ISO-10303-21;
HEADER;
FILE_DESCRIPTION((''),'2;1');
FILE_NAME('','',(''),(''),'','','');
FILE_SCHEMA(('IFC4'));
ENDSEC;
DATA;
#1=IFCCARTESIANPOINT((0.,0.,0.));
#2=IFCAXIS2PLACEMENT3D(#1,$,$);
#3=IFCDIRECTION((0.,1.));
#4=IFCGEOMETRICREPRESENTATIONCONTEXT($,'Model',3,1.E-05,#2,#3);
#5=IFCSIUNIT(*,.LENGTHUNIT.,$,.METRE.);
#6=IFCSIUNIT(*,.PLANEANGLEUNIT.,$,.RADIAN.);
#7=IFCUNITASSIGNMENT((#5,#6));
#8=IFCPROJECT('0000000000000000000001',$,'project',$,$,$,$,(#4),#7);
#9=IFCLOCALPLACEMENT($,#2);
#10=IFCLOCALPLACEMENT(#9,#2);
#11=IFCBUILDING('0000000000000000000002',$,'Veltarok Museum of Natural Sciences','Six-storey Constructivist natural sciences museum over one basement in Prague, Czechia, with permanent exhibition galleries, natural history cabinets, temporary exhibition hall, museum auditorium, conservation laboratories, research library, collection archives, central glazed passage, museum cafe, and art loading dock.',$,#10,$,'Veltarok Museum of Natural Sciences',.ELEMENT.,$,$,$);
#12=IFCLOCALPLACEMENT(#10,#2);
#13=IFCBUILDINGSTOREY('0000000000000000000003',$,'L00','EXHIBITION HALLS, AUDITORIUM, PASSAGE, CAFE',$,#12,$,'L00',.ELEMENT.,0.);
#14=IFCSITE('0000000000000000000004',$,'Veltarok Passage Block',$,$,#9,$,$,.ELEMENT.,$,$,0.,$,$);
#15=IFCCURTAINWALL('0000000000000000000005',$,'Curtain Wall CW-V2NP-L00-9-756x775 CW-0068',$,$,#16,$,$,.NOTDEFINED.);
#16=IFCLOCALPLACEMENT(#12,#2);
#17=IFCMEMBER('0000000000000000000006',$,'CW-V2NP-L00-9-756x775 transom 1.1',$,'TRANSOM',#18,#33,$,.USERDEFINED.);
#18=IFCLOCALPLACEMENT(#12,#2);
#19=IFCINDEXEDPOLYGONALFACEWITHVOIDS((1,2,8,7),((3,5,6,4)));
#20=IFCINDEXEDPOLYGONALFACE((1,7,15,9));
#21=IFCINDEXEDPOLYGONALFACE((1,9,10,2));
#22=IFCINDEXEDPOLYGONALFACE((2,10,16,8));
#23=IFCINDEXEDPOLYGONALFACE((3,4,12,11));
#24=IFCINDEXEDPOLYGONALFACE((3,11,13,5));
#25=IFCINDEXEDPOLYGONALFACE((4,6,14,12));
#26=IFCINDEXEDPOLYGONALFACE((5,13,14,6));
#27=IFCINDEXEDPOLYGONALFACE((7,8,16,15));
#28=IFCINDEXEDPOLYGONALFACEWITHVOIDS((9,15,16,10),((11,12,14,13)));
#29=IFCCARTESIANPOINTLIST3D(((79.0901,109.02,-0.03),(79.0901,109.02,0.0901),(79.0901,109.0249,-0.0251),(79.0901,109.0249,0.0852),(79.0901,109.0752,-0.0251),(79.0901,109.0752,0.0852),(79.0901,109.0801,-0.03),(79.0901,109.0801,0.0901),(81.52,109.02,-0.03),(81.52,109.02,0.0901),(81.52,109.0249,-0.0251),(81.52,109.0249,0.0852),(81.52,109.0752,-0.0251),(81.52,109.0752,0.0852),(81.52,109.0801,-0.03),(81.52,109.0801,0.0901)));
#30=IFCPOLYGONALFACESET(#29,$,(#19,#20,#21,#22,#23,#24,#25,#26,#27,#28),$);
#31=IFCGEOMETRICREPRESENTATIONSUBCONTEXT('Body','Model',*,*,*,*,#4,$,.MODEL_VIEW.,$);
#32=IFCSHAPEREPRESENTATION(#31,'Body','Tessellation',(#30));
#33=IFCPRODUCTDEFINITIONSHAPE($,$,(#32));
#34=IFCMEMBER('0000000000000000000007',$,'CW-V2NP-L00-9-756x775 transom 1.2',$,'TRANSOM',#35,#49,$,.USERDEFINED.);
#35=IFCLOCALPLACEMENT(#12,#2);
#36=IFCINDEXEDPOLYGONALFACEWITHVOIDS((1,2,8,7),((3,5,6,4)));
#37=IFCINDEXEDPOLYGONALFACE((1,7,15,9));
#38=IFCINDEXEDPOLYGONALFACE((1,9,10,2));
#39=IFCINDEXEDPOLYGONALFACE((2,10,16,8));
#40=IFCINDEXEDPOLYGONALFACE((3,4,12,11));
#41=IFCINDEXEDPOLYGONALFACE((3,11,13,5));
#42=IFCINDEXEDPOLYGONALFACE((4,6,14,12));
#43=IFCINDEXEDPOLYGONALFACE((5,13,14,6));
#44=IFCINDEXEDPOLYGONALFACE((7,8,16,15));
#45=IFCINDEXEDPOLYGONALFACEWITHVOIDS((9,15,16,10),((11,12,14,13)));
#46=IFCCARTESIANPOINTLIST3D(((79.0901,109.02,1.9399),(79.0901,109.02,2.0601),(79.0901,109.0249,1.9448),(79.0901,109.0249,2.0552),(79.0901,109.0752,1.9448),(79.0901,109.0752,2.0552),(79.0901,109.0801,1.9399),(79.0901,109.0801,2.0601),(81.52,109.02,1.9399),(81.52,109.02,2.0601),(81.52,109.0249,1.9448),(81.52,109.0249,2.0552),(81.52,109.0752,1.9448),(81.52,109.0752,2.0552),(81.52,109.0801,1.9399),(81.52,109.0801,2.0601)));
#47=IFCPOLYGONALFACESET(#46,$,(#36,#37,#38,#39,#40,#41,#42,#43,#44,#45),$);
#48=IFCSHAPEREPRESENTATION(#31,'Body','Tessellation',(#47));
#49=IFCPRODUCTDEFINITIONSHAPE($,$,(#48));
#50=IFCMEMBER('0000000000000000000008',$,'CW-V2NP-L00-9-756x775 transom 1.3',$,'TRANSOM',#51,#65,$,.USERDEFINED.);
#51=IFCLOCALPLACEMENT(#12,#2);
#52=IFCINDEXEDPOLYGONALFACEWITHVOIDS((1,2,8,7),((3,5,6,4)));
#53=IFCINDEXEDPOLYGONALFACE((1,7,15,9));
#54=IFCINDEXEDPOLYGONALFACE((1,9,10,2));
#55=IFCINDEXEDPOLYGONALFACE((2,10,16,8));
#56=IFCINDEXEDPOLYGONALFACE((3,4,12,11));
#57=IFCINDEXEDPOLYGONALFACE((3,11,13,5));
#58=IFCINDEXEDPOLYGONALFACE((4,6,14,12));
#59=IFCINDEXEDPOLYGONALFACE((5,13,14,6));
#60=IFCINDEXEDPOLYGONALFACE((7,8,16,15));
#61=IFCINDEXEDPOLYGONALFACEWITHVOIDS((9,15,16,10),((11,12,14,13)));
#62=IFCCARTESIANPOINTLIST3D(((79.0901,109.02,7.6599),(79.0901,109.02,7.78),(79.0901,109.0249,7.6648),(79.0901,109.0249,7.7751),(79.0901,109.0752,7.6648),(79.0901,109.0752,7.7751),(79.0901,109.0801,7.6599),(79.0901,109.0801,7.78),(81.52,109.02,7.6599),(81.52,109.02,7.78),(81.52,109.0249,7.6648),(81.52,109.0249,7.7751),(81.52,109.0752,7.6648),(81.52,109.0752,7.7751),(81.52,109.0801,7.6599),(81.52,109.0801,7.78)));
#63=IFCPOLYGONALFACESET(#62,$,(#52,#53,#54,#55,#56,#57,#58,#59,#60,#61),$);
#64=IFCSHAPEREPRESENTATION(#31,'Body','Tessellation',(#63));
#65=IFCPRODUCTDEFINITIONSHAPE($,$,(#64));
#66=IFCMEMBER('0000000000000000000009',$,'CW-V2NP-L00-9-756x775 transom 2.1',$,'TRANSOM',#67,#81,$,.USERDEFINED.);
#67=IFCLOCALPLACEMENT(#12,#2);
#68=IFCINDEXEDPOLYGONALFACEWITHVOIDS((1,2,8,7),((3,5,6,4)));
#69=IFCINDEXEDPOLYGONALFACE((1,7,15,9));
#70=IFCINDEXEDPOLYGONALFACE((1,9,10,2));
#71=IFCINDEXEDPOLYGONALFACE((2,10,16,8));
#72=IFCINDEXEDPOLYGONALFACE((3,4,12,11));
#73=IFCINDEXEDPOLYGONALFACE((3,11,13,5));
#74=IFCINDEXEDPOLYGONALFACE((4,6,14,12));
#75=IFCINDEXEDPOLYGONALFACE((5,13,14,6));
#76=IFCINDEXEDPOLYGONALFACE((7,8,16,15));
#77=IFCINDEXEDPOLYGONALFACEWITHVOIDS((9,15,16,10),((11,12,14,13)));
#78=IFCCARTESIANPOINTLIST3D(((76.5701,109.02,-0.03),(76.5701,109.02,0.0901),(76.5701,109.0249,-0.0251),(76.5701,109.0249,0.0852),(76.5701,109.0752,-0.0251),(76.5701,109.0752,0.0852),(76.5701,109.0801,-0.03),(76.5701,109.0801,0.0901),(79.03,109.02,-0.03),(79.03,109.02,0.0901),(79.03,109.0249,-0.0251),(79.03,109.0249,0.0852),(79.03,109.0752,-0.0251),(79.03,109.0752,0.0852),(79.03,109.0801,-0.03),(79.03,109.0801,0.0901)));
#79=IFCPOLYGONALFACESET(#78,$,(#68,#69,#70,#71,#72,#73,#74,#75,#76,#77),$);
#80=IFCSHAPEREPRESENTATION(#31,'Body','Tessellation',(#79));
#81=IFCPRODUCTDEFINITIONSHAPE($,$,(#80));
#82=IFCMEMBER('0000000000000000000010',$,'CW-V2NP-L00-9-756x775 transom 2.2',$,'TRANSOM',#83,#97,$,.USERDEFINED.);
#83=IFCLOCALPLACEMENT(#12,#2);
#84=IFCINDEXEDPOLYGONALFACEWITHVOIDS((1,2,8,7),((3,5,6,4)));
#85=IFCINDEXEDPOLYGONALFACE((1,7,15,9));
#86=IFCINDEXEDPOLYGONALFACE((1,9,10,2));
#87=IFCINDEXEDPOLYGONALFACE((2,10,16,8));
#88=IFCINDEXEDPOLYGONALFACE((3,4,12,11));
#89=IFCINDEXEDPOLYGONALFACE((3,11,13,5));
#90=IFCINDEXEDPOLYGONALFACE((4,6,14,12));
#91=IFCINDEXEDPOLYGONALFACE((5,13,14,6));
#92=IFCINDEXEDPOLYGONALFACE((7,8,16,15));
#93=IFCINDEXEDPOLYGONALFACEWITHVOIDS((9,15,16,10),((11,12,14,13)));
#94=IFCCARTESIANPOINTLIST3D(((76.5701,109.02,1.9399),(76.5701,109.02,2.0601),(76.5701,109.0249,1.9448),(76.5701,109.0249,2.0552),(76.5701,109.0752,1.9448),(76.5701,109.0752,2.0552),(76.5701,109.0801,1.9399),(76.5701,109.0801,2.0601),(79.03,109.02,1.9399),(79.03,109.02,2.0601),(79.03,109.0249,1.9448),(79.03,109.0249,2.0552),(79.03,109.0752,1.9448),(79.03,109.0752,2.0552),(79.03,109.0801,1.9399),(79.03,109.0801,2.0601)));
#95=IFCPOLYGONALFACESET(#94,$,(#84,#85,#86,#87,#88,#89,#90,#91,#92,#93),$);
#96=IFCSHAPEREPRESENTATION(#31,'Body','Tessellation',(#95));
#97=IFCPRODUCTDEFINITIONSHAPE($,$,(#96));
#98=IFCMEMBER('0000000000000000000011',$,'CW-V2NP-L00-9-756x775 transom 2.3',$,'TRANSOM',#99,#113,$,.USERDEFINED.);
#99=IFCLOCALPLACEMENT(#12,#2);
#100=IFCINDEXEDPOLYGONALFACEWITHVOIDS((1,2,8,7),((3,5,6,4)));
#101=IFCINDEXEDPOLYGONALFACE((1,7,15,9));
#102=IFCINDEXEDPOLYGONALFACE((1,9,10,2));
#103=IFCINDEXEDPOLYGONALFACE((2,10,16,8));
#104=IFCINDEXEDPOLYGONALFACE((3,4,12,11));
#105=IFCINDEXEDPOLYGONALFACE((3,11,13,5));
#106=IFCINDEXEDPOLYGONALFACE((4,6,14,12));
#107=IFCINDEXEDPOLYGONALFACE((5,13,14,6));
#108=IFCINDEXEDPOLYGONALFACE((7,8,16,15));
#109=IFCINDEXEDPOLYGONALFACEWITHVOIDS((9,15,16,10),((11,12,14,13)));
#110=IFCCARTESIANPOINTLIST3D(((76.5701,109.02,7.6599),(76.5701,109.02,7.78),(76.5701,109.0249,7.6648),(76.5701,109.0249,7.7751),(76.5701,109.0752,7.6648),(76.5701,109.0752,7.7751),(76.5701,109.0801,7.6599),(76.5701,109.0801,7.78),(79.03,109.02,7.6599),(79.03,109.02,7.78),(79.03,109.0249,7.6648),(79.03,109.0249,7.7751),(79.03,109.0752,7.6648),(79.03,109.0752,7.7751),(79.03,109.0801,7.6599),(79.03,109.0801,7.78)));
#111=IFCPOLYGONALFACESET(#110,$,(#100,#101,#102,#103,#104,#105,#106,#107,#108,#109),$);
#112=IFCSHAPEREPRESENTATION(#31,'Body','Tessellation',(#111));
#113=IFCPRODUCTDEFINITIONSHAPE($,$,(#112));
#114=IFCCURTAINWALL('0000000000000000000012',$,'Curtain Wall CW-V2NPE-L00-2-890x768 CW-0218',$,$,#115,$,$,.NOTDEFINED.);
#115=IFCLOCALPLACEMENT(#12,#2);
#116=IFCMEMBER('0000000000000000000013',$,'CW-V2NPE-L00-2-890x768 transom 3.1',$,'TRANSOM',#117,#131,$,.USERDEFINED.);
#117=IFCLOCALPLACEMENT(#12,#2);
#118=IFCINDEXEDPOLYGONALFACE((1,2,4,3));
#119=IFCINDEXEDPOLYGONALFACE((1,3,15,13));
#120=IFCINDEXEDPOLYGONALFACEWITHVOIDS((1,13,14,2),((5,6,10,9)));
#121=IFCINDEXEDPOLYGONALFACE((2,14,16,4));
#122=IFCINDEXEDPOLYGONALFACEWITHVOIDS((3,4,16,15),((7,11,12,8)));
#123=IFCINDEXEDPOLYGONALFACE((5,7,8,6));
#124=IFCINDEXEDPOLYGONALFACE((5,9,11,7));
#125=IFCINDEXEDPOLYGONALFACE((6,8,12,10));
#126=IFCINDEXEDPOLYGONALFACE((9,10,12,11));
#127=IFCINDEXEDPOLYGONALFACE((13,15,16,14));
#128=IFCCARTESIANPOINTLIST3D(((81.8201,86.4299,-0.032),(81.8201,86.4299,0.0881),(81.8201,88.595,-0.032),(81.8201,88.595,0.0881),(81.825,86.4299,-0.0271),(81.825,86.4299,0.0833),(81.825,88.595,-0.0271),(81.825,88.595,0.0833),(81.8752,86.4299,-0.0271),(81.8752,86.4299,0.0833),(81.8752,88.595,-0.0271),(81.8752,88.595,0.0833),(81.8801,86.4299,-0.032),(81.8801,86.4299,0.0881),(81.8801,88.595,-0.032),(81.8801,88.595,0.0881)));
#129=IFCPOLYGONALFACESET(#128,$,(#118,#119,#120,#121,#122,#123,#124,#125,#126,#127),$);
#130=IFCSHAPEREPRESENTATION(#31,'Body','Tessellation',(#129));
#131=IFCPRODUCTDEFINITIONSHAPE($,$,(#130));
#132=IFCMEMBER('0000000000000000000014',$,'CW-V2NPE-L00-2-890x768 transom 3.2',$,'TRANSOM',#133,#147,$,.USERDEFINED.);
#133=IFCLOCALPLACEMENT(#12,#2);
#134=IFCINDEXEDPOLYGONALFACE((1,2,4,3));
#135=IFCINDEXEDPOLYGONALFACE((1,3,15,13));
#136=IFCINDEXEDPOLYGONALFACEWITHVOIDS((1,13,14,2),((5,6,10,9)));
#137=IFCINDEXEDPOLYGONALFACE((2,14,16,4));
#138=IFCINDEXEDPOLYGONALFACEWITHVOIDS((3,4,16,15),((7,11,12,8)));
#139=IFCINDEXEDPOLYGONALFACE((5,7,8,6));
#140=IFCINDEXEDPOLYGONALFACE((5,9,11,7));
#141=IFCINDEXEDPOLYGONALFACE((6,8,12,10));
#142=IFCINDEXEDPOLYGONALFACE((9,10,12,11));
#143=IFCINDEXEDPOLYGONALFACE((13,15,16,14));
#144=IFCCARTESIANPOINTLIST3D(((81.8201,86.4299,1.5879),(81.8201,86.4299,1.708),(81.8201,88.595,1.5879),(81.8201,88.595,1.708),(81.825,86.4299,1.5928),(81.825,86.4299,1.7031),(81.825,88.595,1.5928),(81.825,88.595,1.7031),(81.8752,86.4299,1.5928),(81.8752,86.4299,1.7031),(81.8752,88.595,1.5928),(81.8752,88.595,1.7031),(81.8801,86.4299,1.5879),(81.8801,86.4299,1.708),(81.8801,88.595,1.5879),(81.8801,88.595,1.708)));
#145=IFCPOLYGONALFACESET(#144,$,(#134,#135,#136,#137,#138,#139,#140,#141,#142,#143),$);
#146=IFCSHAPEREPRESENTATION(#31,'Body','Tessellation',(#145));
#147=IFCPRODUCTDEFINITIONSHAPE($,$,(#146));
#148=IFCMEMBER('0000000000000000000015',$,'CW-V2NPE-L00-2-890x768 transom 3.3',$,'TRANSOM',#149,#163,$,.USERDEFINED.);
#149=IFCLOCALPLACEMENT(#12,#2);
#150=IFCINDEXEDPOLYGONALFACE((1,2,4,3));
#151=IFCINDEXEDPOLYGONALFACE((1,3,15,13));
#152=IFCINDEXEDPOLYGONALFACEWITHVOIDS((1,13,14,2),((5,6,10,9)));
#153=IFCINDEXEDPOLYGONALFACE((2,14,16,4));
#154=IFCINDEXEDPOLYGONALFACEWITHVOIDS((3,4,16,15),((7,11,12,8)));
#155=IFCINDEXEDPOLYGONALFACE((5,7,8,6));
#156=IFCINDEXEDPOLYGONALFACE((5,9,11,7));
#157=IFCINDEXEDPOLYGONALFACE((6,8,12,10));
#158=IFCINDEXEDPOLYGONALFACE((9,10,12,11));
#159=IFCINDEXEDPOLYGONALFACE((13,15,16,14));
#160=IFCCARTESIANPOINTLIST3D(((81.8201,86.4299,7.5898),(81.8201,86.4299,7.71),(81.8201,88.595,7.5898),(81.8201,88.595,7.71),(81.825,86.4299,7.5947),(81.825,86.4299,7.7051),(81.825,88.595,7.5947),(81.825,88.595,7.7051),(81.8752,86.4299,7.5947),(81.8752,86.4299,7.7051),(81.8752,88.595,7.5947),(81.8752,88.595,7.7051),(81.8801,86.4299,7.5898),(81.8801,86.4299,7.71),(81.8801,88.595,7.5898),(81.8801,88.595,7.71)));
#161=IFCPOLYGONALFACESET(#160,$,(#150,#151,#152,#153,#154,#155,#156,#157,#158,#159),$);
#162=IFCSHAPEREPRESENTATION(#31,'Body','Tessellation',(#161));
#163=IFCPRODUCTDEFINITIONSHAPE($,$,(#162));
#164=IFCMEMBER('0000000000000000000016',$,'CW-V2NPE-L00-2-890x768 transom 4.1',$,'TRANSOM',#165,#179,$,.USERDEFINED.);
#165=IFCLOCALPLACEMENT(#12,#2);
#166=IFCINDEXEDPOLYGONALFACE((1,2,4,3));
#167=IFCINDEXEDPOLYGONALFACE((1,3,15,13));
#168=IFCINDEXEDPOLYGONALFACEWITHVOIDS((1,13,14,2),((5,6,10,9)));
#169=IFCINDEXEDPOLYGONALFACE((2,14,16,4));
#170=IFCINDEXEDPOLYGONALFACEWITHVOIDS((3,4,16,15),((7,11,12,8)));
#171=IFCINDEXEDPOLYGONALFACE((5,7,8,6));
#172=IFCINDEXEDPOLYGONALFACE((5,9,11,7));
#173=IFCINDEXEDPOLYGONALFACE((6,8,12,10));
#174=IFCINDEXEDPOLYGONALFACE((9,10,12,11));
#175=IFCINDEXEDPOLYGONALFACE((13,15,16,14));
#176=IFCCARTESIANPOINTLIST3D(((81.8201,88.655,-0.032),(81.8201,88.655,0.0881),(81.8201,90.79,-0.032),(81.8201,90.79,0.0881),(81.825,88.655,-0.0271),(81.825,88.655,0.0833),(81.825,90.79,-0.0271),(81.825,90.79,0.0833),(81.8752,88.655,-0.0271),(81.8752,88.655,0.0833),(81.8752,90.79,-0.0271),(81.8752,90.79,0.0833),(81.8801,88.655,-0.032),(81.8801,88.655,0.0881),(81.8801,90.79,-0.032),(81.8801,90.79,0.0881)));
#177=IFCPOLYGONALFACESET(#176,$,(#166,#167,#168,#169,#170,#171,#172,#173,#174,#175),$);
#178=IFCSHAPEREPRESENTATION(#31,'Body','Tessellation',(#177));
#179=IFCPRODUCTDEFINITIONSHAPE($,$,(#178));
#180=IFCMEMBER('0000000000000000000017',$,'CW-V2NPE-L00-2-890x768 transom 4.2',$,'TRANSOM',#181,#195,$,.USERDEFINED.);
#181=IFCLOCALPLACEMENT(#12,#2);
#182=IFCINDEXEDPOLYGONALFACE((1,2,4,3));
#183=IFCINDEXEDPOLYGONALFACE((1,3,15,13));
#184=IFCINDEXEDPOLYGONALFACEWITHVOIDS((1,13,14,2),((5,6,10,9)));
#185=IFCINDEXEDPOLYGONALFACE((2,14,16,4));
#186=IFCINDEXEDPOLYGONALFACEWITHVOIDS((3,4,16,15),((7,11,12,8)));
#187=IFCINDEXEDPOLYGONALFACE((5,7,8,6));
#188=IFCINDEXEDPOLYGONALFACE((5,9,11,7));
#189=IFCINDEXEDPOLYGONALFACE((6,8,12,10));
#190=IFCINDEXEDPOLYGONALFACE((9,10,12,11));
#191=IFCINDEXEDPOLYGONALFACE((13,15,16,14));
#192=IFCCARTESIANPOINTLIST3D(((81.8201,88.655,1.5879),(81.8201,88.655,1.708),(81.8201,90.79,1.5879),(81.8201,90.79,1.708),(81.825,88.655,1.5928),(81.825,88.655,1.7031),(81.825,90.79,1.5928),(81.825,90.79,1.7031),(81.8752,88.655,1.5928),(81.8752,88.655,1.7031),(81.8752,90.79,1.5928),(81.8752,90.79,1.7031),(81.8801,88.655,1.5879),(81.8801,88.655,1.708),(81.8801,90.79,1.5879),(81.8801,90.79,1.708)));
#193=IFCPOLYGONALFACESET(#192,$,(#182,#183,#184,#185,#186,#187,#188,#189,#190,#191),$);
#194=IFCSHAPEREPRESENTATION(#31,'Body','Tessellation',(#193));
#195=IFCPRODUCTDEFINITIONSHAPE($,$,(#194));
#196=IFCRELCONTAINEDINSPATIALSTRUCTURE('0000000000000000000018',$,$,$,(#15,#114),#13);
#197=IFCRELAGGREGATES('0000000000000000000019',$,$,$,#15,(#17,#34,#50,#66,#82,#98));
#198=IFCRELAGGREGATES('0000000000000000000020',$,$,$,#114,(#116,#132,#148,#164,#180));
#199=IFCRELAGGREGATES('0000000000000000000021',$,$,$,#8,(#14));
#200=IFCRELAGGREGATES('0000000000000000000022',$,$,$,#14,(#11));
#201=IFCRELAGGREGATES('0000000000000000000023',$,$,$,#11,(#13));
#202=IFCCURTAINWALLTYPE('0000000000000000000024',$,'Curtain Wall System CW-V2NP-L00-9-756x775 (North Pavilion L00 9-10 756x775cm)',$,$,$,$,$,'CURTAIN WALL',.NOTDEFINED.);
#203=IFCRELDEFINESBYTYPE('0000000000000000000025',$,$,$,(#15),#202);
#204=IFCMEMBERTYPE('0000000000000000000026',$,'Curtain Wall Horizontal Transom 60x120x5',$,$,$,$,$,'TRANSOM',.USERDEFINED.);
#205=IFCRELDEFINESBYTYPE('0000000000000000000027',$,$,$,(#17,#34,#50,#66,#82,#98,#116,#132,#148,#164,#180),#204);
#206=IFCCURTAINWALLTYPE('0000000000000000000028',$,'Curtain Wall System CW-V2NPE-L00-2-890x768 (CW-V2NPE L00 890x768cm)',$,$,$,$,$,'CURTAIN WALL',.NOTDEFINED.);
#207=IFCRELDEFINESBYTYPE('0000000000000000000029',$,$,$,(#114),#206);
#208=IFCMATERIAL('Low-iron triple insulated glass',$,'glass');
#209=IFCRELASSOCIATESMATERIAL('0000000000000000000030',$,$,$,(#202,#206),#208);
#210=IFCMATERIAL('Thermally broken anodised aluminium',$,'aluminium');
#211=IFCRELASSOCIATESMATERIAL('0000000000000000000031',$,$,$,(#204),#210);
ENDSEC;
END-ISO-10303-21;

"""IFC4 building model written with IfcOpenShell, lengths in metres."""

from ifc_helpers import new_model, si_unit, direction, frame, origin, origin_2d, place, context, subcontext, project, spatial, hollow_rectangle, extrude, material, material_profile, profile_set, type_object, element, aggregate, save


model = new_model("IFC4")

# Units and contexts
model_context = context("Model", 3, precision=1e-05, world=origin(), true_north=direction((0.0, 1.0)))
body_context = subcontext(model_context, "Body", "Model", "MODEL_VIEW")
ifc_project = project(units=[si_unit("LENGTHUNIT", "METRE"), si_unit("PLANEANGLEUNIT", "RADIAN")], contexts=[model_context])

# Site, building, storey
site_placement = place(None, origin())
site = spatial("IfcSite", under=ifc_project, at=site_placement, Name="Veltarok Passage Block", CompositionType="ELEMENT", RefElevation=0.0)
building_placement = place(site_placement, origin())
building = spatial("IfcBuilding", under=site, at=building_placement, Name="Veltarok Museum of Natural Sciences", Description="Six-storey Constructivist natural sciences museum over one basement in Prague, Czechia, with permanent exhibition galleries, natural history cabinets, temporary exhibition hall, museum auditorium, conservation laboratories, research library, collection archives, central glazed passage, museum cafe, and art loading dock.", LongName="Veltarok Museum of Natural Sciences", CompositionType="ELEMENT")
storey_placement = place(building_placement, origin())
storey = spatial("IfcBuildingStorey", under=building, at=storey_placement, Name="L00", Description="EXHIBITION HALLS, AUDITORIUM, PASSAGE, CAFE", LongName="L00", CompositionType="ELEMENT", Elevation=0.0)

# Curtain walls, members
ifc_material_1 = material(Name="Low-iron triple insulated glass", Category="glass")
curtain_wall_type_1 = type_object("IfcCurtainWallType", Name="Curtain Wall System CW-V2NP-L00-9-756x775 (North Pavilion L00 9-10 756x775cm)", ElementType="CURTAIN WALL", PredefinedType="NOTDEFINED", material=ifc_material_1)
curtain_wall_1_placement = place(storey_placement, origin())
curtain_wall_1 = element("IfcCurtainWall", 1, at=curtain_wall_1_placement, inside=storey, type_object=curtain_wall_type_1, Name="Curtain Wall CW-V2NP-L00-9-756x775 CW-0068", PredefinedType="NOTDEFINED")
ifc_material_2 = material(Name="Thermally broken anodised aluminium", Category="aluminium")
ifc_material_profile_1 = material_profile(ifc_material_2, hollow_rectangle(XDim=0.0601, YDim=0.1201, WallThickness=0.0049, at=origin_2d()), Name="CW TRANSOM 60x120x5")
ifc_profile_set_1 = profile_set([ifc_material_profile_1], Name="Thermally broken anodised aluminium")
member_type_1 = type_object("IfcMemberType", Name="Curtain Wall Horizontal Transom 60x120x5", ElementType="TRANSOM", PredefinedType="USERDEFINED", material=ifc_profile_set_1)
member_1_placement = place(storey_placement, frame((81.52, 109.05, 0.03), z_axis=(-1.0, 0.0, 0.0), x_axis=(0.0, -1.0, 0.0)))
member_1 = element("IfcMember", 2, at=member_1_placement, type_object=member_type_1, Name="CW-V2NP-L00-9-756x775 transom 1.1", ObjectType="TRANSOM", PredefinedType="USERDEFINED", context=body_context, shape_type="SweptSolid", body=[
    extrude(hollow_rectangle(XDim=0.0601, YDim=0.1201, WallThickness=0.0049, at=origin_2d()), origin(), (0.0, 0.0, 1.0), 2.4299),
])
member_2_placement = place(storey_placement, frame((81.52, 109.05, 2.0), z_axis=(-1.0, 0.0, 0.0), x_axis=(0.0, -1.0, 0.0)))
member_2 = element("IfcMember", 3, at=member_2_placement, type_object=member_type_1, Name="CW-V2NP-L00-9-756x775 transom 1.2", ObjectType="TRANSOM", PredefinedType="USERDEFINED", context=body_context, shape_type="SweptSolid", body=[
    extrude(hollow_rectangle(XDim=0.0601, YDim=0.1201, WallThickness=0.0049, at=origin_2d()), origin(), (0.0, 0.0, 1.0), 2.4299),
])
member_3_placement = place(storey_placement, frame((81.52, 109.05, 7.72), z_axis=(-1.0, 0.0, 0.0), x_axis=(0.0, -1.0, 0.0)))
member_3 = element("IfcMember", 4, at=member_3_placement, type_object=member_type_1, Name="CW-V2NP-L00-9-756x775 transom 1.3", ObjectType="TRANSOM", PredefinedType="USERDEFINED", context=body_context, shape_type="SweptSolid", body=[
    extrude(hollow_rectangle(XDim=0.0601, YDim=0.1201, WallThickness=0.0049, at=origin_2d()), origin(), (0.0, 0.0, 1.0), 2.4299),
])
member_4_placement = place(storey_placement, frame((79.03, 109.05, 0.03), z_axis=(-1.0, 0.0, 0.0), x_axis=(0.0, -1.0, 0.0)))
member_4 = element("IfcMember", 5, at=member_4_placement, type_object=member_type_1, Name="CW-V2NP-L00-9-756x775 transom 2.1", ObjectType="TRANSOM", PredefinedType="USERDEFINED", context=body_context, shape_type="SweptSolid", body=[
    extrude(hollow_rectangle(XDim=0.0601, YDim=0.1201, WallThickness=0.0049, at=origin_2d()), origin(), (0.0, 0.0, 1.0), 2.46),
])
member_5_placement = place(storey_placement, frame((79.03, 109.05, 2.0), z_axis=(-1.0, 0.0, 0.0), x_axis=(0.0, -1.0, 0.0)))
member_5 = element("IfcMember", 6, at=member_5_placement, type_object=member_type_1, Name="CW-V2NP-L00-9-756x775 transom 2.2", ObjectType="TRANSOM", PredefinedType="USERDEFINED", context=body_context, shape_type="SweptSolid", body=[
    extrude(hollow_rectangle(XDim=0.0601, YDim=0.1201, WallThickness=0.0049, at=origin_2d()), origin(), (0.0, 0.0, 1.0), 2.46),
])
member_6_placement = place(storey_placement, frame((79.03, 109.05, 7.72), z_axis=(-1.0, 0.0, 0.0), x_axis=(0.0, -1.0, 0.0)))
member_6 = element("IfcMember", 7, at=member_6_placement, type_object=member_type_1, Name="CW-V2NP-L00-9-756x775 transom 2.3", ObjectType="TRANSOM", PredefinedType="USERDEFINED", context=body_context, shape_type="SweptSolid", body=[
    extrude(hollow_rectangle(XDim=0.0601, YDim=0.1201, WallThickness=0.0049, at=origin_2d()), origin(), (0.0, 0.0, 1.0), 2.46),
])
curtain_wall_type_2 = type_object("IfcCurtainWallType", Name="Curtain Wall System CW-V2NPE-L00-2-890x768 (CW-V2NPE L00 890x768cm)", ElementType="CURTAIN WALL", PredefinedType="NOTDEFINED", material=ifc_material_1)
curtain_wall_2_placement = place(storey_placement, origin())
curtain_wall_2 = element("IfcCurtainWall", 8, at=curtain_wall_2_placement, inside=storey, type_object=curtain_wall_type_2, Name="Curtain Wall CW-V2NPE-L00-2-890x768 CW-0218", PredefinedType="NOTDEFINED")
member_7_placement = place(storey_placement, frame((81.8501, 86.4299, 0.0281), z_axis=(0.0, 1.0, 0.0), x_axis=(-1.0, 0.0, 0.0)))
member_7 = element("IfcMember", 9, at=member_7_placement, type_object=member_type_1, Name="CW-V2NPE-L00-2-890x768 transom 3.1", ObjectType="TRANSOM", PredefinedType="USERDEFINED", context=body_context, shape_type="SweptSolid", body=[
    extrude(hollow_rectangle(XDim=0.0601, YDim=0.1201, WallThickness=0.0049, at=origin_2d()), origin(), (0.0, 0.0, 1.0), 2.165),
])
member_8_placement = place(storey_placement, frame((81.8501, 86.4299, 1.6479), z_axis=(0.0, 1.0, 0.0), x_axis=(-1.0, 0.0, 0.0)))
member_8 = element("IfcMember", 10, at=member_8_placement, type_object=member_type_1, Name="CW-V2NPE-L00-2-890x768 transom 3.2", ObjectType="TRANSOM", PredefinedType="USERDEFINED", context=body_context, shape_type="SweptSolid", body=[
    extrude(hollow_rectangle(XDim=0.0601, YDim=0.1201, WallThickness=0.0049, at=origin_2d()), origin(), (0.0, 0.0, 1.0), 2.165),
])
member_9_placement = place(storey_placement, frame((81.8501, 86.4299, 7.6499), z_axis=(0.0, 1.0, 0.0), x_axis=(-1.0, 0.0, 0.0)))
member_9 = element("IfcMember", 11, at=member_9_placement, type_object=member_type_1, Name="CW-V2NPE-L00-2-890x768 transom 3.3", ObjectType="TRANSOM", PredefinedType="USERDEFINED", context=body_context, shape_type="SweptSolid", body=[
    extrude(hollow_rectangle(XDim=0.0601, YDim=0.1201, WallThickness=0.0049, at=origin_2d()), origin(), (0.0, 0.0, 1.0), 2.165),
])
member_10_placement = place(storey_placement, frame((81.8501, 88.655, 0.0281), z_axis=(0.0, 1.0, 0.0), x_axis=(-1.0, 0.0, 0.0)))
member_10 = element("IfcMember", 12, at=member_10_placement, type_object=member_type_1, Name="CW-V2NPE-L00-2-890x768 transom 4.1", ObjectType="TRANSOM", PredefinedType="USERDEFINED", context=body_context, shape_type="SweptSolid", body=[
    extrude(hollow_rectangle(XDim=0.0601, YDim=0.1201, WallThickness=0.0049, at=origin_2d()), origin(), (0.0, 0.0, 1.0), 2.135),
])
member_11_placement = place(storey_placement, frame((81.8501, 88.655, 1.6479), z_axis=(0.0, 1.0, 0.0), x_axis=(-1.0, 0.0, 0.0)))
member_11 = element("IfcMember", 13, at=member_11_placement, type_object=member_type_1, Name="CW-V2NPE-L00-2-890x768 transom 4.2", ObjectType="TRANSOM", PredefinedType="USERDEFINED", context=body_context, shape_type="SweptSolid", body=[
    extrude(hollow_rectangle(XDim=0.0601, YDim=0.1201, WallThickness=0.0049, at=origin_2d()), origin(), (0.0, 0.0, 1.0), 2.135),
])

aggregate(curtain_wall_1, [member_1, member_2, member_3, member_4, member_5, member_6])
aggregate(curtain_wall_2, [member_7, member_8, member_9, member_10, member_11])

save(model, "model.ifc")
